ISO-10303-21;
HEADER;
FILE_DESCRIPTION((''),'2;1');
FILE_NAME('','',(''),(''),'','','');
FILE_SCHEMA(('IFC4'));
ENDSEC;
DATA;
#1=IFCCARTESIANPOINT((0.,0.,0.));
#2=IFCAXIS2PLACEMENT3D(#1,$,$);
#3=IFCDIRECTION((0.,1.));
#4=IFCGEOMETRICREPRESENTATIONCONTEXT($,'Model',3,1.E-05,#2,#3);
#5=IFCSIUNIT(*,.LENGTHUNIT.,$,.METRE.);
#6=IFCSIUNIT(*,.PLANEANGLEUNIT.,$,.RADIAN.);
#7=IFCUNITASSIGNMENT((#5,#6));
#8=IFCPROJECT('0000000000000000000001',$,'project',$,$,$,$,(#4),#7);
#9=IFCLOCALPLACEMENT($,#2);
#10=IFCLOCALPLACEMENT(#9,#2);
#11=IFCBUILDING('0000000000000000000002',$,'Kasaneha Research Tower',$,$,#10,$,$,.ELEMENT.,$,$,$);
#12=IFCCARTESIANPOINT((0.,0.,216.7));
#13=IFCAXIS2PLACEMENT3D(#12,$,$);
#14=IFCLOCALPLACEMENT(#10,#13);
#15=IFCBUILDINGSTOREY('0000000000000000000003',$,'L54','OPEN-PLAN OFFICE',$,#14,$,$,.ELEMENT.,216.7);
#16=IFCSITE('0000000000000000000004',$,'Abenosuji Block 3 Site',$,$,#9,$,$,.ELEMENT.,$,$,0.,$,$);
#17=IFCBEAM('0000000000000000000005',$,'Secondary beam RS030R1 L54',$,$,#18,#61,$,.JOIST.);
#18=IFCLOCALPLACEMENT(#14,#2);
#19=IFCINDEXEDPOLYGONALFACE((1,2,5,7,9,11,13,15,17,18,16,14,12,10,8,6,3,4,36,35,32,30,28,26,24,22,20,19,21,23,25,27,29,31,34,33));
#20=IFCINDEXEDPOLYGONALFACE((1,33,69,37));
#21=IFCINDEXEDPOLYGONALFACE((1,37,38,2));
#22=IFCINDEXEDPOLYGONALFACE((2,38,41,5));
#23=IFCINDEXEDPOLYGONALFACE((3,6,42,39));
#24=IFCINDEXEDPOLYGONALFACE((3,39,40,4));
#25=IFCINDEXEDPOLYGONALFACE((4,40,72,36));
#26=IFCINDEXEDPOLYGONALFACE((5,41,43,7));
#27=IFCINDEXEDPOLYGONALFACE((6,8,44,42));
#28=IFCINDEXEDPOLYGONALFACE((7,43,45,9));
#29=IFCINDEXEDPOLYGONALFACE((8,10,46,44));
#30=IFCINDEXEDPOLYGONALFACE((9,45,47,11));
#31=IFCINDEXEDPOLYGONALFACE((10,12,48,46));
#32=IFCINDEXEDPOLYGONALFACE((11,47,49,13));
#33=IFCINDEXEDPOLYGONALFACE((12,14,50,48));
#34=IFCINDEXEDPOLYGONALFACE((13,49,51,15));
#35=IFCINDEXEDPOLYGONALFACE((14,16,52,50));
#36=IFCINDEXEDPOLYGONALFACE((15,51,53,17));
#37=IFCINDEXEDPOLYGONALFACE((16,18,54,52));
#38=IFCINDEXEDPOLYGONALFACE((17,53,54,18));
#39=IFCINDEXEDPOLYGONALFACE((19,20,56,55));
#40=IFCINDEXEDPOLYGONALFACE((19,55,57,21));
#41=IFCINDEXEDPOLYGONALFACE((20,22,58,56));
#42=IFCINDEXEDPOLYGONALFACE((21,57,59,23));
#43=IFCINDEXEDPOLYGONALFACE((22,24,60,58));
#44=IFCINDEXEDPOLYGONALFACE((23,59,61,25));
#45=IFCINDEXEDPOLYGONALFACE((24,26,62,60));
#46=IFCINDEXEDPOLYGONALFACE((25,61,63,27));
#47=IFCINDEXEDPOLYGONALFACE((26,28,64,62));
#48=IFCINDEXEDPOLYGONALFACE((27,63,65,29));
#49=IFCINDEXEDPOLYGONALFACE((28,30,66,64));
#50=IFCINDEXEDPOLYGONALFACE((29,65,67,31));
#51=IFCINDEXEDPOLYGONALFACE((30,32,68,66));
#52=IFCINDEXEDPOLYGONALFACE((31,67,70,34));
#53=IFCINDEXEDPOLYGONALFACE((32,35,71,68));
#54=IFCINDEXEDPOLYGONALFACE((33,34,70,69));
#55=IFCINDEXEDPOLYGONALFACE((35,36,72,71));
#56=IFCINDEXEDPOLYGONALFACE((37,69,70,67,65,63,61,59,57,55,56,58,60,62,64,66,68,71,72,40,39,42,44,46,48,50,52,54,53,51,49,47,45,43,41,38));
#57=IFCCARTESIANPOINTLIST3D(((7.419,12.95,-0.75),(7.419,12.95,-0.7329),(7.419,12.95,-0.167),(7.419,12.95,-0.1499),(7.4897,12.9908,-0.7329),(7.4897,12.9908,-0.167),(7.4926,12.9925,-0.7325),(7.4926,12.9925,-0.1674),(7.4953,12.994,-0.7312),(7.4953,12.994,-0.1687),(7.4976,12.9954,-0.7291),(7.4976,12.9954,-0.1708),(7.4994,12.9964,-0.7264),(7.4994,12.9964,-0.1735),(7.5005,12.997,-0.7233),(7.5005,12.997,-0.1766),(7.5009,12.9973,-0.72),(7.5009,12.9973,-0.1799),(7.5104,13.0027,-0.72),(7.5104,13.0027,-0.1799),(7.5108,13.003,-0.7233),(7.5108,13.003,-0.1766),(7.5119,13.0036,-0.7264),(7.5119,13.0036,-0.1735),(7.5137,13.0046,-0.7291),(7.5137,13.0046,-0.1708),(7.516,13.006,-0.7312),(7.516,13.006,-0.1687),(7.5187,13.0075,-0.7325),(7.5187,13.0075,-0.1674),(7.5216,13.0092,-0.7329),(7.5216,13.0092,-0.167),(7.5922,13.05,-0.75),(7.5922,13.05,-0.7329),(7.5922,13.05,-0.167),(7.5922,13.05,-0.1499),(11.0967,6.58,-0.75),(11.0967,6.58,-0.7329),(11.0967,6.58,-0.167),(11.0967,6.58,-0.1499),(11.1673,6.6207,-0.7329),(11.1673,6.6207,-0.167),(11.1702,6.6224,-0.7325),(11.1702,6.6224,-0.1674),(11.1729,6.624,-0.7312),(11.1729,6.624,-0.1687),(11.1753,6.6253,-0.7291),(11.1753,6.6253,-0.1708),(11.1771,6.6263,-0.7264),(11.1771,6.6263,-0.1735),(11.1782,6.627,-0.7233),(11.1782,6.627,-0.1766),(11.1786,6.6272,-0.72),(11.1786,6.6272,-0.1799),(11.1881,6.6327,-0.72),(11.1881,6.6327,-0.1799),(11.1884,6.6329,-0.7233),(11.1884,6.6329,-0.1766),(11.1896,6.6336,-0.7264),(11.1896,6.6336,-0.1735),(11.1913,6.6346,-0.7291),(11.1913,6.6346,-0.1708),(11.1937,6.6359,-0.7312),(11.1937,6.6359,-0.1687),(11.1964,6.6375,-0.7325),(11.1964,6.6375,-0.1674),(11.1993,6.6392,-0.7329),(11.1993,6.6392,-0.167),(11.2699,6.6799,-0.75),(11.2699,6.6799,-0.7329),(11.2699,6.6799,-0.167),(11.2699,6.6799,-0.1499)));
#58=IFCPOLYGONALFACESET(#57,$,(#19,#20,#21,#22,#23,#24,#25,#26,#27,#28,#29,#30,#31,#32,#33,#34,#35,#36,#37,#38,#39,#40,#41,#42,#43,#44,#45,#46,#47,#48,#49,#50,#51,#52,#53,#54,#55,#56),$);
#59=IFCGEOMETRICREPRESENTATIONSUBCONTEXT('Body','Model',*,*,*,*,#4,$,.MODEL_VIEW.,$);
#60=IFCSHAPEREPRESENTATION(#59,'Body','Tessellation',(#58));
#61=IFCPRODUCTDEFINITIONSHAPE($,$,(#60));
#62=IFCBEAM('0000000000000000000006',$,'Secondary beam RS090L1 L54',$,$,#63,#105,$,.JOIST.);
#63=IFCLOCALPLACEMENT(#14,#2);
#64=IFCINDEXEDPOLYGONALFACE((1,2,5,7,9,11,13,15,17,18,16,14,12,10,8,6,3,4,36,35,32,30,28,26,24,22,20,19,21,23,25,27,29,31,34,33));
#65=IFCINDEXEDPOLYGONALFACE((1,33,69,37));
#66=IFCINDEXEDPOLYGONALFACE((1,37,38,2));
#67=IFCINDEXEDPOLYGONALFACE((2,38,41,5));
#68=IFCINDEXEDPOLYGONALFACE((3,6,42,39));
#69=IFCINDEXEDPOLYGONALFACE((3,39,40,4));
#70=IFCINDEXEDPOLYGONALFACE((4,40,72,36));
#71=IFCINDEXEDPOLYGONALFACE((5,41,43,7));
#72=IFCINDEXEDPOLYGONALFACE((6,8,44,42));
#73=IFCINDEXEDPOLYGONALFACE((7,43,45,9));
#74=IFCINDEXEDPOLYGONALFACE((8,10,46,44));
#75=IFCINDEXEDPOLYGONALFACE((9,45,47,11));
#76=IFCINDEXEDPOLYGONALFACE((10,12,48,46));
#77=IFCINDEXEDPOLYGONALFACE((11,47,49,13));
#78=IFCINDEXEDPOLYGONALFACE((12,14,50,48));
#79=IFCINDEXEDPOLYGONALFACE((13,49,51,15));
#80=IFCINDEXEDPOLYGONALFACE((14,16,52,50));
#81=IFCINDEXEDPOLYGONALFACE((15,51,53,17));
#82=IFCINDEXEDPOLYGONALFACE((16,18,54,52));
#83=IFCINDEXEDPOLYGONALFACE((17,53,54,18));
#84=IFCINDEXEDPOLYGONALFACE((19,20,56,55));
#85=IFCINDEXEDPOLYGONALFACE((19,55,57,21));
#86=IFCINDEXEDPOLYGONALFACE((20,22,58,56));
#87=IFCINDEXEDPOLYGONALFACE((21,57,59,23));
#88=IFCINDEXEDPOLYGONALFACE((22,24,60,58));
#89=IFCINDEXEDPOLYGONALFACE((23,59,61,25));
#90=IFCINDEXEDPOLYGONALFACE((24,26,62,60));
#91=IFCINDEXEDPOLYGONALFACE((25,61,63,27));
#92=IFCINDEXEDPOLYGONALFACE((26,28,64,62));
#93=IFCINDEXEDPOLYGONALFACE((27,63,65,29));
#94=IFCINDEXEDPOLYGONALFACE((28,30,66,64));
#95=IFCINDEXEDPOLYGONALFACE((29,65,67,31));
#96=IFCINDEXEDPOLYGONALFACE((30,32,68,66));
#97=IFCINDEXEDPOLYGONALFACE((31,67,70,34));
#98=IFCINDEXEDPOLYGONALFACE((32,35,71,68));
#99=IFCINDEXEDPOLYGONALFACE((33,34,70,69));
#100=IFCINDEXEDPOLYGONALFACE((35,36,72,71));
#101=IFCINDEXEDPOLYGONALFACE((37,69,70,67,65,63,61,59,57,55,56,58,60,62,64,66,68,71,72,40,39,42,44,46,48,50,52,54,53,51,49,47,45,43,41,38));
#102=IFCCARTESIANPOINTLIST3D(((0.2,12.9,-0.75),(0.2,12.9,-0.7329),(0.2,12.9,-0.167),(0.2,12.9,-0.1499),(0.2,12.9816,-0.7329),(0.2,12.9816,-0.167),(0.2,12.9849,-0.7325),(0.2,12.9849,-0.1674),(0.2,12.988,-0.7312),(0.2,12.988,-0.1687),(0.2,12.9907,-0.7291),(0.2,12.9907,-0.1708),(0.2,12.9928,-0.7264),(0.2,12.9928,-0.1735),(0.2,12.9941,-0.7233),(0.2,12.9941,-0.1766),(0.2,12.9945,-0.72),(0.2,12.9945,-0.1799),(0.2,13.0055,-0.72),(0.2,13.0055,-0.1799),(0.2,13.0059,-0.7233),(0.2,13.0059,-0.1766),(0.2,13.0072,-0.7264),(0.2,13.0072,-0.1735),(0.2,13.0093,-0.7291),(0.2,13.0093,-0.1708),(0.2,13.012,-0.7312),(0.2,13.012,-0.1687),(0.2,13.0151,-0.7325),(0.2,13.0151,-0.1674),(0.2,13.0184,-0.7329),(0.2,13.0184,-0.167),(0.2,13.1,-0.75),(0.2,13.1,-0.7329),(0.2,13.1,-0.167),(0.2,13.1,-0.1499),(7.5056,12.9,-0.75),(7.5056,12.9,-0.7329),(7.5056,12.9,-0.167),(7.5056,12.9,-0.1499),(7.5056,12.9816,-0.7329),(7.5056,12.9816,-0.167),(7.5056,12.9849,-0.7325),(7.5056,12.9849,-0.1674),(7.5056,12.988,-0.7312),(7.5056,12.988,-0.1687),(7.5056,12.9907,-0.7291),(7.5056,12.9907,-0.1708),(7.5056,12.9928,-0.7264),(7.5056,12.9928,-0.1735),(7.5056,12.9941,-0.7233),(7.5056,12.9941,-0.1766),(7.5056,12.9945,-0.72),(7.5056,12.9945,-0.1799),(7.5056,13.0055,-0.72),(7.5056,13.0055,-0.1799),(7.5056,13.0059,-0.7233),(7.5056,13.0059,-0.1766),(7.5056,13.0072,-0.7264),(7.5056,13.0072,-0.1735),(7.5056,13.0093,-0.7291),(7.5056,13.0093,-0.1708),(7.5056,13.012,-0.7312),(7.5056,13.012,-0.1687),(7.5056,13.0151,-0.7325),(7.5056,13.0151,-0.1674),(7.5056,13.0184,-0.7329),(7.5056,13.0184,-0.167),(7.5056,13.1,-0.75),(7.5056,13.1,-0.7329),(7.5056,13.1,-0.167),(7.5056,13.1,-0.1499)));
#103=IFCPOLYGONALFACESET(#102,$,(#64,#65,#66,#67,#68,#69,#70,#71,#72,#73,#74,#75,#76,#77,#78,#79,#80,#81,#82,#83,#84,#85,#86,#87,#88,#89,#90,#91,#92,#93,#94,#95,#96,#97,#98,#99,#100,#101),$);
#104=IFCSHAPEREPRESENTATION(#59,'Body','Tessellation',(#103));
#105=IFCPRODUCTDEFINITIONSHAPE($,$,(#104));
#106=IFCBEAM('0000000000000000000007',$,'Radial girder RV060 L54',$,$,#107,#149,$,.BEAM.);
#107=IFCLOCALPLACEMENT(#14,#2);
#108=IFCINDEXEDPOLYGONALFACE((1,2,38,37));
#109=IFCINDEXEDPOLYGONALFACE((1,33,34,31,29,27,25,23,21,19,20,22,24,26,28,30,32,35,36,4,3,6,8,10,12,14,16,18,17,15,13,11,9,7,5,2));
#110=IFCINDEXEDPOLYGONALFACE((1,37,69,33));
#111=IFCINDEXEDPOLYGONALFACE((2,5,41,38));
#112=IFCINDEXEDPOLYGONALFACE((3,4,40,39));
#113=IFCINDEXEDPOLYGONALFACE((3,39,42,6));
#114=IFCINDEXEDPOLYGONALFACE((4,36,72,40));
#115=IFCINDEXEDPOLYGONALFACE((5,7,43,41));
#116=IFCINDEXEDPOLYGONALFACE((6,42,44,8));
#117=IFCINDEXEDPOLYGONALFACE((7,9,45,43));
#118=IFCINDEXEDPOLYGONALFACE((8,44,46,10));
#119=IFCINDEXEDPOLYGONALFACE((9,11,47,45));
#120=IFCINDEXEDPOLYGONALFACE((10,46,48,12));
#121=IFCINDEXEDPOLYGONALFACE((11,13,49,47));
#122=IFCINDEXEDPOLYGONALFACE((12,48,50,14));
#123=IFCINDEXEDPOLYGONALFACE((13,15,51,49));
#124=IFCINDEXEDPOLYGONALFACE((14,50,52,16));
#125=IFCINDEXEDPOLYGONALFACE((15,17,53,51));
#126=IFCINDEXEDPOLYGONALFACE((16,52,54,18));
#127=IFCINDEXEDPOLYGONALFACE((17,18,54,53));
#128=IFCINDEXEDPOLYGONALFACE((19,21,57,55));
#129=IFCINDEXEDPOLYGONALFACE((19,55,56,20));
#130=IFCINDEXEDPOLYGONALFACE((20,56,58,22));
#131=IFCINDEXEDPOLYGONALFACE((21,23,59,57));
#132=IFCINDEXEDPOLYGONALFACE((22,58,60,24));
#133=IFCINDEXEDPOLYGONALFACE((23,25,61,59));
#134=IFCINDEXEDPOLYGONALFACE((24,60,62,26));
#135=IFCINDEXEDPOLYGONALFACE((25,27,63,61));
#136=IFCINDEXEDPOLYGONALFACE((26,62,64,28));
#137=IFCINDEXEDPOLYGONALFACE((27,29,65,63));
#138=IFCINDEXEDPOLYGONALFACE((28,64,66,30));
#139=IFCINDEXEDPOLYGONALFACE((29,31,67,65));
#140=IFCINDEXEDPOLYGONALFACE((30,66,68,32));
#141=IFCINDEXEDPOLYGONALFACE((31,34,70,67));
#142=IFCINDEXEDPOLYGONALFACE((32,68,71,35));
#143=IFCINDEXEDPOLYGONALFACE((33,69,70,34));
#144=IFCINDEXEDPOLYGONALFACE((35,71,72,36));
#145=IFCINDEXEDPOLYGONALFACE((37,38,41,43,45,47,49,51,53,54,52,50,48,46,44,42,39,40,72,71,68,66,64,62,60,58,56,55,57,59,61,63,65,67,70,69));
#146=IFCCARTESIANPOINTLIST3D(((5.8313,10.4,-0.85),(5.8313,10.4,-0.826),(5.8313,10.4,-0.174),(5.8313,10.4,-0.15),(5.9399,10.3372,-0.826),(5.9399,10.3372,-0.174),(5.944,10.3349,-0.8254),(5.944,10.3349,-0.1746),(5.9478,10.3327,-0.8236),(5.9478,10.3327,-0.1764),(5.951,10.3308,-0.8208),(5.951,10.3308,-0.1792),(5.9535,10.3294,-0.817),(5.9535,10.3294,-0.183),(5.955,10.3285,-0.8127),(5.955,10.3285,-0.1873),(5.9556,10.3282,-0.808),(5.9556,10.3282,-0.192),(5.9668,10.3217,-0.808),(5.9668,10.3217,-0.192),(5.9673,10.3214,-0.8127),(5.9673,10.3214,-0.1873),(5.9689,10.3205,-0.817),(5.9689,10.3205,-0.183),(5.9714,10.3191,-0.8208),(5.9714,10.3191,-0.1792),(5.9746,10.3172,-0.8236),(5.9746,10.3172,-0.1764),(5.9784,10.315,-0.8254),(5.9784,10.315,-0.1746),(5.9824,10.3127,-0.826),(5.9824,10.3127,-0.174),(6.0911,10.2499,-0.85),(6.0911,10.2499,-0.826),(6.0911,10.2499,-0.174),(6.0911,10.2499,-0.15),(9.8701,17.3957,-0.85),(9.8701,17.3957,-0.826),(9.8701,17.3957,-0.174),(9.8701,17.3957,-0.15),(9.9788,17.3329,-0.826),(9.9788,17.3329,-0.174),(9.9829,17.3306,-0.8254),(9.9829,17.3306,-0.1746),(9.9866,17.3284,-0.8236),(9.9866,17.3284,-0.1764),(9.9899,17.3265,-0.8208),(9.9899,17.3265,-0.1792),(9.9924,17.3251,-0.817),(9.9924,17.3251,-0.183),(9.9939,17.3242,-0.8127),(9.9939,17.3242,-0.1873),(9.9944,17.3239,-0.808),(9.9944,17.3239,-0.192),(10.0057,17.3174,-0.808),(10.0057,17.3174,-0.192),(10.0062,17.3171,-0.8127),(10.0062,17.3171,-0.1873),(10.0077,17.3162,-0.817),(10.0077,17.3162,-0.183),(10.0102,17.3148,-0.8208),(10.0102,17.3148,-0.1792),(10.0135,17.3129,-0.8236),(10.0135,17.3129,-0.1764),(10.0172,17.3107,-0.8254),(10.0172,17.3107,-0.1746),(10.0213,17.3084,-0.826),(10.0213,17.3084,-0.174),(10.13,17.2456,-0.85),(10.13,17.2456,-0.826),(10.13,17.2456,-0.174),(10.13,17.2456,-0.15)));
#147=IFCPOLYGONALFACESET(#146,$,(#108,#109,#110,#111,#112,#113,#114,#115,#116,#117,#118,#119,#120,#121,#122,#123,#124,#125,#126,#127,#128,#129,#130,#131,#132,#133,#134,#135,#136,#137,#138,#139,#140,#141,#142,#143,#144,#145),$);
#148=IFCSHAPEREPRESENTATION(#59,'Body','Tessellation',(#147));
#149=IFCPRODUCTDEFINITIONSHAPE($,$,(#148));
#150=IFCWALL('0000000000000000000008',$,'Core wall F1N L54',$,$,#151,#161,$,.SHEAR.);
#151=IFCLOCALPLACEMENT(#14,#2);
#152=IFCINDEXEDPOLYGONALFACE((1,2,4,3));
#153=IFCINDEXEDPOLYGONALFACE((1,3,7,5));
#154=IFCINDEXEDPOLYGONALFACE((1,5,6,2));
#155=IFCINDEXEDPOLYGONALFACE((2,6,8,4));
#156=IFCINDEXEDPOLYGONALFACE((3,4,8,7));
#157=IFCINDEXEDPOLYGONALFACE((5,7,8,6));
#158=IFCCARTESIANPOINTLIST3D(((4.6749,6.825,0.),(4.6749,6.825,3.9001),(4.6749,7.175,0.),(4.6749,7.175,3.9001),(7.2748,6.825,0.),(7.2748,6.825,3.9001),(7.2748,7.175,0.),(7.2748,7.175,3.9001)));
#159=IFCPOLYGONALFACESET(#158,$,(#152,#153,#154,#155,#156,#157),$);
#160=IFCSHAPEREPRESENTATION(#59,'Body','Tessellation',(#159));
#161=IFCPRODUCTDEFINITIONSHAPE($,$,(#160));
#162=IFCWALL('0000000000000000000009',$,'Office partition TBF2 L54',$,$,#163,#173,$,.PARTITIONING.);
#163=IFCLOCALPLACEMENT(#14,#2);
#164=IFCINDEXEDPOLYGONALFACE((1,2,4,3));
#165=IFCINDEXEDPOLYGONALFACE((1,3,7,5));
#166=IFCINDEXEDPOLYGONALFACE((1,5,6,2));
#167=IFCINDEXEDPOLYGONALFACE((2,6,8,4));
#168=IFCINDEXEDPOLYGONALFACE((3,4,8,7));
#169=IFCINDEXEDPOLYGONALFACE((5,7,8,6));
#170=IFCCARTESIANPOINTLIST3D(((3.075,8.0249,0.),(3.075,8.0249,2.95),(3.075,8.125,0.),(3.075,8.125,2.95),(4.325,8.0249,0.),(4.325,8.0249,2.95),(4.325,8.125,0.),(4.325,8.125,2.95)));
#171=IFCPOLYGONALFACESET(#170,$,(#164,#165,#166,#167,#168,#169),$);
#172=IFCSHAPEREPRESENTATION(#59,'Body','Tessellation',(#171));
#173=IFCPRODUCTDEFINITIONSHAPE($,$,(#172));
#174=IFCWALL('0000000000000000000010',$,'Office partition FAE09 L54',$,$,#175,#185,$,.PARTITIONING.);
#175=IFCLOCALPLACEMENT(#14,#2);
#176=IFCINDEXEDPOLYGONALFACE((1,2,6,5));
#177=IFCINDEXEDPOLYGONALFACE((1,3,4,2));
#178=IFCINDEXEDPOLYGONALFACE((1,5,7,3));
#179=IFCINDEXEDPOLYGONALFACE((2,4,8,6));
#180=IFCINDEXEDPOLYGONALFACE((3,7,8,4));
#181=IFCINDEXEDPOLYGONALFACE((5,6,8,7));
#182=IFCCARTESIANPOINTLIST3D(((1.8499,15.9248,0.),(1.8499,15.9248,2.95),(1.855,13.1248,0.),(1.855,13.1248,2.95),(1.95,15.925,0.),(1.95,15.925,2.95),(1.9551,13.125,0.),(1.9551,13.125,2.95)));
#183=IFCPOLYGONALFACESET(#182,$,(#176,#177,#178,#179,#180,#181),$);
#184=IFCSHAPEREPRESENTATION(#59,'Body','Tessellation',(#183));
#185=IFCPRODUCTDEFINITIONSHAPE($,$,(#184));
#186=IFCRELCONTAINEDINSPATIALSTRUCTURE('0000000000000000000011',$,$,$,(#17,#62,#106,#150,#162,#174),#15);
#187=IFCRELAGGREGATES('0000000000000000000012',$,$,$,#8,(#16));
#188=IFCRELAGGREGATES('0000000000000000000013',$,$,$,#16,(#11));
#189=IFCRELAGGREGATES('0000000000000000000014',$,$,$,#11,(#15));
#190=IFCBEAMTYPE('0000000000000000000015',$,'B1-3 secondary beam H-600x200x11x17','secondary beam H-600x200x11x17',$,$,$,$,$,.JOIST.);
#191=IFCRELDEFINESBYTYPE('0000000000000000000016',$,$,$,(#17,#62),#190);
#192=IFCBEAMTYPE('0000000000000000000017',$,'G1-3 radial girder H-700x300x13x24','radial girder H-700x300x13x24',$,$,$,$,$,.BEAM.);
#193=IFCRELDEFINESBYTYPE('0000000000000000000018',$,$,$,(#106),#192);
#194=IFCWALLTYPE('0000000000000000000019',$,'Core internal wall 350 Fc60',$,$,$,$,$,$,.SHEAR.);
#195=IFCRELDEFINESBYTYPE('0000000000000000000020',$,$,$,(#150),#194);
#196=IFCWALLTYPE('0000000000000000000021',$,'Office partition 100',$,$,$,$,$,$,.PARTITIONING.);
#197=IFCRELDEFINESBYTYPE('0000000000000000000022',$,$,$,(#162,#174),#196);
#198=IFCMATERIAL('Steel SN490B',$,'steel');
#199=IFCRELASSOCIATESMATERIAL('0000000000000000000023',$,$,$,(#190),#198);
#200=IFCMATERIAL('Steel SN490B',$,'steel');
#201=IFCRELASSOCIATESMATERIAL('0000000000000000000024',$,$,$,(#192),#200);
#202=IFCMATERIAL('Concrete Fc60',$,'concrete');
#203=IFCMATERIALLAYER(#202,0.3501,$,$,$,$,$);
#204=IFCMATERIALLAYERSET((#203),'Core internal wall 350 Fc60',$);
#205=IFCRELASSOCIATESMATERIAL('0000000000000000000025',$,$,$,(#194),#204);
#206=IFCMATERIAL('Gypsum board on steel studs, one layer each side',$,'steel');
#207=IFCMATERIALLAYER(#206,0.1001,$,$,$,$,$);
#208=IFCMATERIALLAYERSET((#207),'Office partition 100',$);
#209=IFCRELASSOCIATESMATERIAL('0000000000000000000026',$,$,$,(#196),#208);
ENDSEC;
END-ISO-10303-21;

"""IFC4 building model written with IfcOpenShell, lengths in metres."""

from ifc_helpers import new_model, si_unit, direction, frame, frame_2d, origin, origin_2d, place, context, subcontext, project, spatial, rectangle, i_section, extrude, material, layer, layer_set, material_profile, profile_set, type_object, element, save


model = new_model("IFC4")

# Units and contexts
model_context = context("Model", 3, precision=1e-05, world=origin(), true_north=direction((0.0, 1.0)))
body_context = subcontext(model_context, "Body", "Model", "MODEL_VIEW")
ifc_project = project(units=[si_unit("LENGTHUNIT", "METRE"), si_unit("PLANEANGLEUNIT", "RADIAN")], contexts=[model_context])

# Site, building, storey
site_placement = place(None, origin())
site = spatial("IfcSite", under=ifc_project, at=site_placement, Name="Abenosuji Block 3 Site", CompositionType="ELEMENT", RefElevation=0.0)
building_placement = place(site_placement, origin())
building = spatial("IfcBuilding", under=site, at=building_placement, Name="Kasaneha Research Tower", CompositionType="ELEMENT")
storey_placement = place(building_placement, frame((0.0, 0.0, 216.7)))
storey = spatial("IfcBuildingStorey", under=building, at=storey_placement, Name="L54", Description="OPEN-PLAN OFFICE", CompositionType="ELEMENT", Elevation=216.7)

# Beams
ifc_material_1 = material(Name="Steel SN490B", Category="steel")
ifc_material_profile_1 = material_profile(ifc_material_1, i_section(OverallWidth=0.2, OverallDepth=0.6001, WebThickness=0.011, FlangeThickness=0.0171, FilletRadius=0.0129, at=origin_2d()), Name="H-600x200x11x17")
ifc_profile_set_1 = profile_set([ifc_material_profile_1], Name="Steel SN490B")
beam_type_1 = type_object("IfcBeamType", Name="B1-3 secondary beam H-600x200x11x17", Description="secondary beam H-600x200x11x17", PredefinedType="JOIST", material=ifc_profile_set_1)
beam_1_placement = place(storey_placement, frame((7.5056, 13.0, -0.45), z_axis=(0.499994, -0.866029, 0.0), x_axis=(0.866029, 0.499994, 0.0)))
element("IfcBeam", 1, at=beam_1_placement, inside=storey, type_object=beam_type_1, Name="Secondary beam RS030R1 L54", PredefinedType="JOIST", context=body_context, shape_type="SweptSolid", body=[
    extrude(i_section(OverallWidth=0.2, OverallDepth=0.6001, WebThickness=0.011, FlangeThickness=0.0171, FilletRadius=0.0129, at=origin_2d()), origin(), (0.0, 0.0, 1.0), 7.3555),
])
beam_2_placement = place(storey_placement, frame((7.5056, 13.0, -0.45), z_axis=(-1.0, 0.0, 0.0), x_axis=(0.0, -1.0, 0.0)))
element("IfcBeam", 2, at=beam_2_placement, inside=storey, type_object=beam_type_1, Name="Secondary beam RS090L1 L54", PredefinedType="JOIST", context=body_context, shape_type="SweptSolid", body=[
    extrude(i_section(OverallWidth=0.2, OverallDepth=0.6001, WebThickness=0.011, FlangeThickness=0.0171, FilletRadius=0.0129, at=origin_2d()), origin(), (0.0, 0.0, 1.0), 7.3057),
])
ifc_material_2 = material(Name="Steel SN490B", Category="steel")
ifc_material_profile_2 = material_profile(ifc_material_2, i_section(OverallWidth=0.3, OverallDepth=0.7, WebThickness=0.0129, FlangeThickness=0.0239, FilletRadius=0.0181, at=origin_2d()), Name="H-700x300x13x24")
ifc_profile_set_2 = profile_set([ifc_material_profile_2], Name="Steel SN490B")
beam_type_2 = type_object("IfcBeamType", Name="G1-3 radial girder H-700x300x13x24", Description="radial girder H-700x300x13x24", PredefinedType="BEAM", material=ifc_profile_set_2)
beam_3_placement = place(storey_placement, frame((5.9612, 10.325, -0.5), z_axis=(0.499991, 0.866031, 0.0), x_axis=(-0.866031, 0.499991, 0.0)))
element("IfcBeam", 3, at=beam_3_placement, inside=storey, type_object=beam_type_2, Name="Radial girder RV060 L54", PredefinedType="BEAM", context=body_context, shape_type="SweptSolid", body=[
    extrude(i_section(OverallWidth=0.3, OverallDepth=0.7, WebThickness=0.0129, FlangeThickness=0.0239, FilletRadius=0.0181, at=origin_2d()), origin(), (0.0, 0.0, 1.0), 8.0779),
])

# Wall
ifc_material_3 = material(Name="Concrete Fc60", Category="concrete")
ifc_layer_1 = layer(ifc_material_3, 0.3501)
ifc_layer_set_1 = layer_set([ifc_layer_1], Name="Core internal wall 350 Fc60")
wall_type_1 = type_object("IfcWallType", Name="Core internal wall 350 Fc60", PredefinedType="SHEAR", material=ifc_layer_set_1)
wall_1_placement = place(storey_placement, frame((4.675, 7.0, 0.0), z_axis=(0.0, 0.0, 1.0), x_axis=(1.0, 0.0, 0.0)))
element("IfcWall", 4, at=wall_1_placement, inside=storey, type_object=wall_type_1, Name="Core wall F1N L54", PredefinedType="SHEAR", context=body_context, shape_type="SweptSolid", body=[
    extrude(rectangle(XDim=2.5999, YDim=0.3501, at=frame_2d((1.2998, 0.0))), origin(), (0.0, 0.0, 1.0), 3.9001),
])

# Walls
ifc_material_4 = material(Name="Gypsum board on steel studs, one layer each side", Category="steel")
ifc_layer_2 = layer(ifc_material_4, 0.1001)
ifc_layer_set_2 = layer_set([ifc_layer_2], Name="Office partition 100")
wall_type_2 = type_object("IfcWallType", Name="Office partition 100", PredefinedType="PARTITIONING", material=ifc_layer_set_2)
wall_2_placement = place(storey_placement, frame((3.075, 8.075, 0.0), z_axis=(0.0, 0.0, 1.0), x_axis=(1.0, 0.0, 0.0)))
element("IfcWall", 5, at=wall_2_placement, inside=storey, type_object=wall_type_2, Name="Office partition TBF2 L54", PredefinedType="PARTITIONING", context=body_context, shape_type="SweptSolid", body=[
    extrude(rectangle(XDim=1.25, YDim=0.1001, at=frame_2d((0.625, 0.0))), origin(), (0.0, 0.0, 1.0), 2.95),
])
for number, where, z_axis, x_axis, name in (
    (6, (1.905, 13.125, 0.0), (0.0, 0.0, 1.0), (-0.001831, 0.999998, 0.0), "Office partition FAE09 L54"),
):
    element("IfcWall", number, at=place(storey_placement, frame(where, z_axis=z_axis, x_axis=x_axis)), inside=storey, type_object=wall_type_2, Name=name, PredefinedType="PARTITIONING", context=body_context, shape_type="SweptSolid", body=[
        extrude(rectangle(XDim=2.8, YDim=0.1001, at=frame_2d((1.3999, 0.0))), origin(), (0.0, 0.0, 1.0), 2.95),
    ])

save(model, "model.ifc")
